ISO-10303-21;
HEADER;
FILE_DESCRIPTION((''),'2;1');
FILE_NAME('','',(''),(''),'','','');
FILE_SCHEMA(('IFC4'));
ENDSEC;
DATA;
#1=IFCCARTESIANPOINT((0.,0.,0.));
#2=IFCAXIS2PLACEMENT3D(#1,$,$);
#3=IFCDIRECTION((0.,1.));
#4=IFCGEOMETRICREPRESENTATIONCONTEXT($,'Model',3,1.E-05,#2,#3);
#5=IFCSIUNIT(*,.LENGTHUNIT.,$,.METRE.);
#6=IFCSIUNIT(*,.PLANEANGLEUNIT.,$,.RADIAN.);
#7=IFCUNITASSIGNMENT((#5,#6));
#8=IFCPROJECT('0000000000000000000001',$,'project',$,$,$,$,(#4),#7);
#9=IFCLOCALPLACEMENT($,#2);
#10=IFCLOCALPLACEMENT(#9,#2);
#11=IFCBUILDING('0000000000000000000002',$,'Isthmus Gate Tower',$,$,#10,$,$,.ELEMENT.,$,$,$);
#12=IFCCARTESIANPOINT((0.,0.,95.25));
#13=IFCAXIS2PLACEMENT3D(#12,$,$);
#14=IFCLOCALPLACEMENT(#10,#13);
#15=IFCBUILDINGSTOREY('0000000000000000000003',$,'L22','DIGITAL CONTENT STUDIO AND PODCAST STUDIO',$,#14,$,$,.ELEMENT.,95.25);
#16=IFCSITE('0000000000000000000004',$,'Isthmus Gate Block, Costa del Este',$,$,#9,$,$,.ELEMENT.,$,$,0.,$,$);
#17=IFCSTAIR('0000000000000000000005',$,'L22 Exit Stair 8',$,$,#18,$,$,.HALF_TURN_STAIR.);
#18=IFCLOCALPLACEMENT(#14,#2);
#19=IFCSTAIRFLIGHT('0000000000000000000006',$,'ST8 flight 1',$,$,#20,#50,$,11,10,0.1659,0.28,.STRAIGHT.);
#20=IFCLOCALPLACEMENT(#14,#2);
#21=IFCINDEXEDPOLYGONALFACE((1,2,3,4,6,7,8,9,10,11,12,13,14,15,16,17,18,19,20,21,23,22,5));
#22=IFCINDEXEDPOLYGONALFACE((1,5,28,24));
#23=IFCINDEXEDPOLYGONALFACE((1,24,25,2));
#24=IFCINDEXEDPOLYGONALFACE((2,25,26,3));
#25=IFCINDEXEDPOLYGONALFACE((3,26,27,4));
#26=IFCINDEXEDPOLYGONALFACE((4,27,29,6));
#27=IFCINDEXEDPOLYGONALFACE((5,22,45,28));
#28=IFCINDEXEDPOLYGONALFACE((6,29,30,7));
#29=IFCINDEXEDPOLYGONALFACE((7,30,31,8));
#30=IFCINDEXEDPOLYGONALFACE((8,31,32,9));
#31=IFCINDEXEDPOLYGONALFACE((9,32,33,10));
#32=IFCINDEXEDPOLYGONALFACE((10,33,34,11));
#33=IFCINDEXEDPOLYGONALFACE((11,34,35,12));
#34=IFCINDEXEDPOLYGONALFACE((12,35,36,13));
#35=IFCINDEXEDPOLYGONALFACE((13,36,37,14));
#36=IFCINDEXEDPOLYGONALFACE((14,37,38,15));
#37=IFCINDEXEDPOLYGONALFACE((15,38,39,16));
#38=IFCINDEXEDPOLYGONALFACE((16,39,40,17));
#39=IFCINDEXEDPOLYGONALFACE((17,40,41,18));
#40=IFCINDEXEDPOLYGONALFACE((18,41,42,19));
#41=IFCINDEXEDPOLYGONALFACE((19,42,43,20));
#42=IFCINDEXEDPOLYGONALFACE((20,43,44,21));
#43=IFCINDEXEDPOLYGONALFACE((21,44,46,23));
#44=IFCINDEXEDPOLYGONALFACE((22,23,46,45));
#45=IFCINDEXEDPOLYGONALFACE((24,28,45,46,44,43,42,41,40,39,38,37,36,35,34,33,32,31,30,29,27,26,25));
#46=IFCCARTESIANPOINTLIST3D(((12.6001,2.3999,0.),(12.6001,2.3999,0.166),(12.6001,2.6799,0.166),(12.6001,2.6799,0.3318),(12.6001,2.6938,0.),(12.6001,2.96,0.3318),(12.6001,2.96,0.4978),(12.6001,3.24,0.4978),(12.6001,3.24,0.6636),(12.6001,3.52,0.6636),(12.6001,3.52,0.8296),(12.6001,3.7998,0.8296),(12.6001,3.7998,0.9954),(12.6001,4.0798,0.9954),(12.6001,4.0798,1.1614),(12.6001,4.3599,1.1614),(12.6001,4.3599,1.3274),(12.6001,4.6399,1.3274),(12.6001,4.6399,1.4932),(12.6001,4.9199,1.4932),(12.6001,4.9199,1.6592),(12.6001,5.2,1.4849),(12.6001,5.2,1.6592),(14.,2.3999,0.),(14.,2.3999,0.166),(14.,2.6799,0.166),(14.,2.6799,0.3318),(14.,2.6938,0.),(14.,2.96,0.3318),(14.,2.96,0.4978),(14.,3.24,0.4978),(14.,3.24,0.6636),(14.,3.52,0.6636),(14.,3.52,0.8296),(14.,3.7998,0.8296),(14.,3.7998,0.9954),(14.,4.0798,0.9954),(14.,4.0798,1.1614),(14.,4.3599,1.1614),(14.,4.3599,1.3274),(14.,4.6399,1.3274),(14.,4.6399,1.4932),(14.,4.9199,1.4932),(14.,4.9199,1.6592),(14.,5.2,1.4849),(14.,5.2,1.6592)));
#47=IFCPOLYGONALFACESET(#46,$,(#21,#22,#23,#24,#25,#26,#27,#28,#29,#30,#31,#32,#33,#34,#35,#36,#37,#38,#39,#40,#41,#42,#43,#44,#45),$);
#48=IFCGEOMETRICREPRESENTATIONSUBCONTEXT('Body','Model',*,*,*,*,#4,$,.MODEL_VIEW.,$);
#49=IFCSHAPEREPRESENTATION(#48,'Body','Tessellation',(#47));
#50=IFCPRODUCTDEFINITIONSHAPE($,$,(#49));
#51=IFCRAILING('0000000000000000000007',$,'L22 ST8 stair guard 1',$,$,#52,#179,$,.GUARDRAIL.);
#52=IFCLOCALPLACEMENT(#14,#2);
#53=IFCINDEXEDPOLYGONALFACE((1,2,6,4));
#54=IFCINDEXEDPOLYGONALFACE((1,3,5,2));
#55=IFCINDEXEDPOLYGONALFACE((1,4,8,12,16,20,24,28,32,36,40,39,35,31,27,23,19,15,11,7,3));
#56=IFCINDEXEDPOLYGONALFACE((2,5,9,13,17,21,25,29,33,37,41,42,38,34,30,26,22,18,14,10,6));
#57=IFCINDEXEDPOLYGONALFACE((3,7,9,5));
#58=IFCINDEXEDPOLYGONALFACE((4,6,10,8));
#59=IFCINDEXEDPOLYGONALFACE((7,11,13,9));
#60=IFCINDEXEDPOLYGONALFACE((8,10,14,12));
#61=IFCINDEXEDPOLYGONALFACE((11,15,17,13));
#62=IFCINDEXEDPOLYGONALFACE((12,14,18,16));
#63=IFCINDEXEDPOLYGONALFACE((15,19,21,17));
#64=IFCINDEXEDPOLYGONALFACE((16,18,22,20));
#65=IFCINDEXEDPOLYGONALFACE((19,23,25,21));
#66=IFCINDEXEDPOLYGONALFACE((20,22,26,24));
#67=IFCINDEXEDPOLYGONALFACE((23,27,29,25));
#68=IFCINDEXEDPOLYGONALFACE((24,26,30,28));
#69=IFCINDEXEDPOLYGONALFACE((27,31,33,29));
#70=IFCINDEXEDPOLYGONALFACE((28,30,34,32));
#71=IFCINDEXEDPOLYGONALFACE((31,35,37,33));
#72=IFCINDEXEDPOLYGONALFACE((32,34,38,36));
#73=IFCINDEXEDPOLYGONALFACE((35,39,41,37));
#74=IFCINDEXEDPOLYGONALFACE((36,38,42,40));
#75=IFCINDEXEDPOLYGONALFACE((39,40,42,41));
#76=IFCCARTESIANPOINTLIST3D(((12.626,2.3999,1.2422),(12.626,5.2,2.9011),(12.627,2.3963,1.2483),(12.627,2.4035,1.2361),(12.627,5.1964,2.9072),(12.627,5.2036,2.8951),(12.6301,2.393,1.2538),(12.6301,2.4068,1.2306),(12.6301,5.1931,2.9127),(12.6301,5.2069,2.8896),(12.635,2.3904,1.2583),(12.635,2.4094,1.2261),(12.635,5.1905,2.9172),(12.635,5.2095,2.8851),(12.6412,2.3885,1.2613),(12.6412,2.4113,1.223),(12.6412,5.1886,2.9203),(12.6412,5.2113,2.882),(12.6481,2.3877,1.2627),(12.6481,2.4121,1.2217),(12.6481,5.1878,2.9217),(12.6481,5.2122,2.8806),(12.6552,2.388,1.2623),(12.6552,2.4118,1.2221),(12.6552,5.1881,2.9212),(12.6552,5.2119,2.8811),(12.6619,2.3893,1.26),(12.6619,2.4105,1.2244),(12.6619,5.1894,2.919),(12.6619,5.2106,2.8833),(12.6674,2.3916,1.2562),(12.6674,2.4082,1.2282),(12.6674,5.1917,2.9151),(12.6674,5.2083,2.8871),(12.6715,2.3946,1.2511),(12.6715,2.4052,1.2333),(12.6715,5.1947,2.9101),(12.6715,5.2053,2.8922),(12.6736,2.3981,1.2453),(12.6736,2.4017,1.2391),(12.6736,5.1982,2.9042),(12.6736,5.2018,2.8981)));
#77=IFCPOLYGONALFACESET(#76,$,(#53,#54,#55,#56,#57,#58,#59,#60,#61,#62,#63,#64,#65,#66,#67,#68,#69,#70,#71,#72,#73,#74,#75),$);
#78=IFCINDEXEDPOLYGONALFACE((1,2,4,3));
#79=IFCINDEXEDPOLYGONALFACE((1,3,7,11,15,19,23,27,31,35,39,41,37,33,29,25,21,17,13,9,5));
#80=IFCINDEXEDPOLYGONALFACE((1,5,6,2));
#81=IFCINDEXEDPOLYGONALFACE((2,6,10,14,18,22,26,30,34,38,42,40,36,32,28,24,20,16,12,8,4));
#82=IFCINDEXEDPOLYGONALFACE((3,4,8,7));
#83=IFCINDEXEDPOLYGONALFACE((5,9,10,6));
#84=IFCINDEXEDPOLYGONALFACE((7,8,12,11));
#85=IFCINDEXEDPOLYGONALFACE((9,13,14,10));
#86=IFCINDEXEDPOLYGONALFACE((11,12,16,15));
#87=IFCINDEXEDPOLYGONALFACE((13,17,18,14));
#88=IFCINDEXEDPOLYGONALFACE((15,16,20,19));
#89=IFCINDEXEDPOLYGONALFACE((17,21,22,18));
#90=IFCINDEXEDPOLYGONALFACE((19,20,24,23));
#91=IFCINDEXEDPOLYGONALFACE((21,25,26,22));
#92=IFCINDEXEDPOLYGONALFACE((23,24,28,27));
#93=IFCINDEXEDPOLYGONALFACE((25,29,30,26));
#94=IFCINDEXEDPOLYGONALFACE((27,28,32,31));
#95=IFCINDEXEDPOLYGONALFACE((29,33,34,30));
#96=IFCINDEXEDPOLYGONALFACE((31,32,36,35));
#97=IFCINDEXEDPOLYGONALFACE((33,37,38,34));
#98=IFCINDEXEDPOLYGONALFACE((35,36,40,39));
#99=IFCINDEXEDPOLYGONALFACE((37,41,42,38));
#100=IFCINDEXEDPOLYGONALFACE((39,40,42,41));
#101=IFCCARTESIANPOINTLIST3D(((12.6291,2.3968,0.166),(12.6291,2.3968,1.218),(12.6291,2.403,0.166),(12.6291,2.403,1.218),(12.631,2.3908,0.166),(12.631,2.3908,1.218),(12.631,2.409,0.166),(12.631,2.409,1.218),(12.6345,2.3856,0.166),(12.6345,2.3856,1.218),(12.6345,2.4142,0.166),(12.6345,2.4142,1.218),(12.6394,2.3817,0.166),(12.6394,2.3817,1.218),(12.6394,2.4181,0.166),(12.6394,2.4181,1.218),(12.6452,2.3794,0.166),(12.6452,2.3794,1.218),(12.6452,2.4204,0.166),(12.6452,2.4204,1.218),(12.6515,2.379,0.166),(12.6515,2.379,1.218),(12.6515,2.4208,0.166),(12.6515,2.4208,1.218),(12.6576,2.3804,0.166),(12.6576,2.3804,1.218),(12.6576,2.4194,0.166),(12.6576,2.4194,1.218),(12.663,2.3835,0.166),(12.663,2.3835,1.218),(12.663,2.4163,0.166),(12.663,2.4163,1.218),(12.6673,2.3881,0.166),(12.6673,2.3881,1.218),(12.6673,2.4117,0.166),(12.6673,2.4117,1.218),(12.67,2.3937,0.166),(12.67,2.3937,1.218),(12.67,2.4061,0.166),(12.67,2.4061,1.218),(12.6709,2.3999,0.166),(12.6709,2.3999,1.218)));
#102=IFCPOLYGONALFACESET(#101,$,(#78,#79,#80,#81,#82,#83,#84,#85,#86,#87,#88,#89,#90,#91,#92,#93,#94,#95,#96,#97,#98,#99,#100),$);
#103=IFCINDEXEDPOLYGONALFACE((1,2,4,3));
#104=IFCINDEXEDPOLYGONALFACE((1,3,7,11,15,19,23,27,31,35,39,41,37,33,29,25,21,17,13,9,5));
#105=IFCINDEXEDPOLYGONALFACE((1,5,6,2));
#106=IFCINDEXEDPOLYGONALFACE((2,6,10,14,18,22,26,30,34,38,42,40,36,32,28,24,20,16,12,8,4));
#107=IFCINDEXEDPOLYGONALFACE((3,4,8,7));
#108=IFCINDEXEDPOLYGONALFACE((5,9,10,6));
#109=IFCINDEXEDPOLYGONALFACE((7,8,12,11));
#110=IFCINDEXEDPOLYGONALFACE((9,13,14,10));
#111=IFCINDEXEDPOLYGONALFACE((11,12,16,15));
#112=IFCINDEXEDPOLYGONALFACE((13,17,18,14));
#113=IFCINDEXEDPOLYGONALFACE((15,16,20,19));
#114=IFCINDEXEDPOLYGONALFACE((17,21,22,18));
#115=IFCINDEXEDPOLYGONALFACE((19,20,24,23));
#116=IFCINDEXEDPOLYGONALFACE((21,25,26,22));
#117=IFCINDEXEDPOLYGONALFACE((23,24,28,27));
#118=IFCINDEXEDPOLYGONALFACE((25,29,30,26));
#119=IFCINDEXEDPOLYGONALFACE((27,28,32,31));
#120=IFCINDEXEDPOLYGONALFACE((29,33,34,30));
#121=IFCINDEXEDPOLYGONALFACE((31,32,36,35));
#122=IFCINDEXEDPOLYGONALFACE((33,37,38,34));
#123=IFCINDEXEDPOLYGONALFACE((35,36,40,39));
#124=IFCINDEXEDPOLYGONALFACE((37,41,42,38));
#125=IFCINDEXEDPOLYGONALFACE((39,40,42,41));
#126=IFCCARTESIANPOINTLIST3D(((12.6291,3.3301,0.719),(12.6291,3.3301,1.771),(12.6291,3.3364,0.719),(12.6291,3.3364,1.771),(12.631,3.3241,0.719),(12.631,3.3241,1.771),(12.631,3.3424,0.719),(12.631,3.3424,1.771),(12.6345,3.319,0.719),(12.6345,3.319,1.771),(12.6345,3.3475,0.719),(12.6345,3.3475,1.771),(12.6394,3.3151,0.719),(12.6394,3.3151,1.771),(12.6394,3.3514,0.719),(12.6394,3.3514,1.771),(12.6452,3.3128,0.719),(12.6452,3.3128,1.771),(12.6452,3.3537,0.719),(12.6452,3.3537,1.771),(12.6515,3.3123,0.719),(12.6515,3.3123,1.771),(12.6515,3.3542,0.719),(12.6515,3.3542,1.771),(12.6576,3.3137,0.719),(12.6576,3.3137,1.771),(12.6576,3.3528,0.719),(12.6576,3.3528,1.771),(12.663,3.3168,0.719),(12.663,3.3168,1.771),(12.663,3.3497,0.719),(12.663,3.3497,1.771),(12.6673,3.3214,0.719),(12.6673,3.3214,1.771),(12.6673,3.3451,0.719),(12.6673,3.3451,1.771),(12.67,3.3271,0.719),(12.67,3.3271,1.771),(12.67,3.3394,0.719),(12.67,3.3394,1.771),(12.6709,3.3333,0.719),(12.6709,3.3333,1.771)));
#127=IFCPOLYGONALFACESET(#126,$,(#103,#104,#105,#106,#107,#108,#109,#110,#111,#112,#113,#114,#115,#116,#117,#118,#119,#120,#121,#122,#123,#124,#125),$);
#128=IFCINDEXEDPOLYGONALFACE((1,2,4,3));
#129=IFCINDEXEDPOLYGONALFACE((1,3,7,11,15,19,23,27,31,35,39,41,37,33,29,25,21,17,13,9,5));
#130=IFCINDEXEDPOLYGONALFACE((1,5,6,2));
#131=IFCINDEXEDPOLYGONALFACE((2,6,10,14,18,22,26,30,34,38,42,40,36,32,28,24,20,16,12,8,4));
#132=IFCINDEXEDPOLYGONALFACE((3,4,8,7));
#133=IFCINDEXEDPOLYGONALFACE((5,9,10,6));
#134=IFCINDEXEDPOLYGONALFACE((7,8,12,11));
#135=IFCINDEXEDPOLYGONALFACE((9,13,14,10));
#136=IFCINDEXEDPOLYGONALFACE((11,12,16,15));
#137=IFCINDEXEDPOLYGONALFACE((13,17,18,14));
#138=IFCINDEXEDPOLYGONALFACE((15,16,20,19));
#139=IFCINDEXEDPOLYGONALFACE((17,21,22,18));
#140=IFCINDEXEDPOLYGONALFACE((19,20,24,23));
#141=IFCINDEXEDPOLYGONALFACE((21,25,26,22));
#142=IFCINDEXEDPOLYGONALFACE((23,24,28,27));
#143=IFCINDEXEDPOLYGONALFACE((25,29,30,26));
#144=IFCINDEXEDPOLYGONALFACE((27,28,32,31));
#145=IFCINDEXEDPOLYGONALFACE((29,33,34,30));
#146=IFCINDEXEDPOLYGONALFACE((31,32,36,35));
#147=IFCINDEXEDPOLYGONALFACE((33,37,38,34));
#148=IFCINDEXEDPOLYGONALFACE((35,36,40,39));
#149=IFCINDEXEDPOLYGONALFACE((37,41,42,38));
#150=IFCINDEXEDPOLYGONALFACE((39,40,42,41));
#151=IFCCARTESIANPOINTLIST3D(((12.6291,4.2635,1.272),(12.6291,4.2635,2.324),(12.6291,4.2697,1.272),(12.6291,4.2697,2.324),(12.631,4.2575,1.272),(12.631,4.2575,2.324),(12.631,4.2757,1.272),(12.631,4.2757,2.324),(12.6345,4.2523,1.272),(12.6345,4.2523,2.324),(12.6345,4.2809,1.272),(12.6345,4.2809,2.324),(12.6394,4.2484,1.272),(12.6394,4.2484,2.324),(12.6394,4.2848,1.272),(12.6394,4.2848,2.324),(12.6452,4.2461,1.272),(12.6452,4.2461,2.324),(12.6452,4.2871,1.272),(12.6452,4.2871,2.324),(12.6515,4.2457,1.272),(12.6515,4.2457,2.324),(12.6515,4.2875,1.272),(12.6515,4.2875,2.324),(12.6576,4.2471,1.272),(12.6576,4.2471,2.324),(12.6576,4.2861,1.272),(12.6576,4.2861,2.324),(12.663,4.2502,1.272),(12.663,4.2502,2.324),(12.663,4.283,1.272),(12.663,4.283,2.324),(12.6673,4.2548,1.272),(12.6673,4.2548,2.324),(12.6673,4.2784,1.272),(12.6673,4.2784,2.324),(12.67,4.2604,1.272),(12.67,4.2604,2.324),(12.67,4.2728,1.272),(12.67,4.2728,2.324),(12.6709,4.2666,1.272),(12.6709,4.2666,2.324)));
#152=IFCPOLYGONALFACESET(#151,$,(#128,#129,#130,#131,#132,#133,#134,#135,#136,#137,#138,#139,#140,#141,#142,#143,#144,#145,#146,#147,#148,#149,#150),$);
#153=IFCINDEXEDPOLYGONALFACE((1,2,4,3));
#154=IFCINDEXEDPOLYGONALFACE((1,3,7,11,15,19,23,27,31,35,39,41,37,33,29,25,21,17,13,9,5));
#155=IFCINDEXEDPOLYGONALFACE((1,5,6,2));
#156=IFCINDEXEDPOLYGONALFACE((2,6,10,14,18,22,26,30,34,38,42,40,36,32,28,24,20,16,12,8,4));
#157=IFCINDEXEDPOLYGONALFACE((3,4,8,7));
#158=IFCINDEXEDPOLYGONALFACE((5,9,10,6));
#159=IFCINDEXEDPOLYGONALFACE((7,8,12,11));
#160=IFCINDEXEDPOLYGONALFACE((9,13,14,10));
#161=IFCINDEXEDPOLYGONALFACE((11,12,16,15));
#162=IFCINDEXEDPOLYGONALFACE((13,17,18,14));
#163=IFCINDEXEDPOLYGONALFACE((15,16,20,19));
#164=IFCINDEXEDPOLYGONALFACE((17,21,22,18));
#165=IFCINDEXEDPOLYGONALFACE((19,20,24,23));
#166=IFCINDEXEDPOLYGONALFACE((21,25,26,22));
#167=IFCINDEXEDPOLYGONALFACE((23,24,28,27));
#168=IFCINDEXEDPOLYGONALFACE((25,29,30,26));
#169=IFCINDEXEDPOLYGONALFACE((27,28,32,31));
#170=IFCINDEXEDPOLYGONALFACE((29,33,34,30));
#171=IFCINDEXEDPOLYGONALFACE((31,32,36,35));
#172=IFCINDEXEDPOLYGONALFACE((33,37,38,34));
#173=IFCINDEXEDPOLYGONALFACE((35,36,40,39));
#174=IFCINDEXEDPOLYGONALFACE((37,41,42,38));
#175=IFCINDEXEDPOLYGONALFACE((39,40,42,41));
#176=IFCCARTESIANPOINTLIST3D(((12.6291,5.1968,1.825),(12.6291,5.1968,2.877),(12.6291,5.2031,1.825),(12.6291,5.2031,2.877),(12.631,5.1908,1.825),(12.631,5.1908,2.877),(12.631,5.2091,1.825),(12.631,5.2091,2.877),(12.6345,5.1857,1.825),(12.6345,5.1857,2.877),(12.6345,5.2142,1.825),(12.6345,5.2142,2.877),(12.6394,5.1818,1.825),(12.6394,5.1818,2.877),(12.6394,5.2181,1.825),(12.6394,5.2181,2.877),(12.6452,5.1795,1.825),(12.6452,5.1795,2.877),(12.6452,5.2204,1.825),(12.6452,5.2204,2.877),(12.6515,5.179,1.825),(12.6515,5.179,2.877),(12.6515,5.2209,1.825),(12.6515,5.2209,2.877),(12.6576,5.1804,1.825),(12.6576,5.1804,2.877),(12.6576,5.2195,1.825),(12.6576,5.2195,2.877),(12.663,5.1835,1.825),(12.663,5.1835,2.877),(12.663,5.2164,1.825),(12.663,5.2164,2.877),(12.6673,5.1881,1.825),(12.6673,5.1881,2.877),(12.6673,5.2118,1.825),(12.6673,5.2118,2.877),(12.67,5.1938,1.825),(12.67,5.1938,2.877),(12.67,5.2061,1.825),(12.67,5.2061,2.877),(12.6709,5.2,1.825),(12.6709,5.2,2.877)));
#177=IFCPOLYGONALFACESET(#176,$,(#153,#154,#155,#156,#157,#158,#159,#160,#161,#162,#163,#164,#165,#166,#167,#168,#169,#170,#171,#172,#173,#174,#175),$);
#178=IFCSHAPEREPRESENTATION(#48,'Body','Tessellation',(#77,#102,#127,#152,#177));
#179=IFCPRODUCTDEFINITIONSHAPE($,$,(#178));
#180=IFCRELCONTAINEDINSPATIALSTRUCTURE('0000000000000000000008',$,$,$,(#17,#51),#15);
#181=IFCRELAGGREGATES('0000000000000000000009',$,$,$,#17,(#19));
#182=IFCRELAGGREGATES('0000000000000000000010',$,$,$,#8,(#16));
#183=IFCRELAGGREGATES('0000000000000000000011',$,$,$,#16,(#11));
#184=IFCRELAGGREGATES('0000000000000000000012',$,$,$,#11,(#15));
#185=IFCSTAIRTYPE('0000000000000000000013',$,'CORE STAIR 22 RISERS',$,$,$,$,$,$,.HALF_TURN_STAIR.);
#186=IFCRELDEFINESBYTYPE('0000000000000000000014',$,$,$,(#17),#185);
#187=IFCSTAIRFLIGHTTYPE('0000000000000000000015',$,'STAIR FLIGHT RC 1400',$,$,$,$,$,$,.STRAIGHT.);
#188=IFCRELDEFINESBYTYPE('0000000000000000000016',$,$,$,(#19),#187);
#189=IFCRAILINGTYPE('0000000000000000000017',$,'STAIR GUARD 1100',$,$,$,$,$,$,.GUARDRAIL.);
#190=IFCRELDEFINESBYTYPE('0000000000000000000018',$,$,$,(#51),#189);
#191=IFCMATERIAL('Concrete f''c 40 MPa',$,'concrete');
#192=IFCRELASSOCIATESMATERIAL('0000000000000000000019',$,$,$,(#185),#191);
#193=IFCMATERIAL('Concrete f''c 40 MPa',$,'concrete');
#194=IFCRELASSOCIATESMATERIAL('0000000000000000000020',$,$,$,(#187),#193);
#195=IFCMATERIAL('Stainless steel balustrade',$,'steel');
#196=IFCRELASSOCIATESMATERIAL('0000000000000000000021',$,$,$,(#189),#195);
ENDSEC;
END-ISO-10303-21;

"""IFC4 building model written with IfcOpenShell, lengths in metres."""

from ifc_helpers import new_model, si_unit, direction, frame, origin, origin_2d, place, context, subcontext, project, spatial, polyline, circle, outline, extrude, material, type_object, element, aggregate, save


model = new_model("IFC4")

# Units and contexts
model_context = context("Model", 3, precision=1e-05, world=origin(), true_north=direction((0.0, 1.0)))
body_context = subcontext(model_context, "Body", "Model", "MODEL_VIEW")
ifc_project = project(units=[si_unit("LENGTHUNIT", "METRE"), si_unit("PLANEANGLEUNIT", "RADIAN")], contexts=[model_context])

# Site, building, storey
site_placement = place(None, origin())
site = spatial("IfcSite", under=ifc_project, at=site_placement, Name="Isthmus Gate Block, Costa del Este", CompositionType="ELEMENT", RefElevation=0.0)
building_placement = place(site_placement, origin())
building = spatial("IfcBuilding", under=site, at=building_placement, Name="Isthmus Gate Tower", CompositionType="ELEMENT")
storey_placement = place(building_placement, frame((0.0, 0.0, 95.25)))
storey = spatial("IfcBuildingStorey", under=building, at=storey_placement, Name="L22", Description="DIGITAL CONTENT STUDIO AND PODCAST STUDIO", CompositionType="ELEMENT", Elevation=95.25)

# Stair
ifc_material_1 = material(Name="Concrete f'c 40 MPa", Category="concrete")
stair_type = type_object("IfcStairType", Name="CORE STAIR 22 RISERS", PredefinedType="HALF_TURN_STAIR", material=ifc_material_1)
stair_1_placement = place(storey_placement, origin())
stair_1 = element("IfcStair", 1, at=stair_1_placement, inside=storey, type_object=stair_type, Name="L22 Exit Stair 8", PredefinedType="HALF_TURN_STAIR")

# Stair flight
ifc_material_2 = material(Name="Concrete f'c 40 MPa", Category="concrete")
stair_flight_type = type_object("IfcStairFlightType", Name="STAIR FLIGHT RC 1400", PredefinedType="STRAIGHT", material=ifc_material_2)
stair_flight_placement = place(storey_placement, frame((13.3, 2.3999, 0.0), z_axis=(0.0, 0.0, 1.0), x_axis=(0.0, 1.0, 0.0)))
stair_flight = element("IfcStairFlight", 2, at=stair_flight_placement, type_object=stair_flight_type, Name="ST8 flight 1", NumberOfRisers=11, NumberOfTreads=10, PredefinedType="STRAIGHT", RiserHeight=0.1659, TreadLength=0.28, context=body_context, shape_type="SweptSolid", body=[
    extrude(outline(polyline([(0.0, 0.0), (0.0, 0.166), (0.28, 0.166), (0.28, 0.3318), (0.5601, 0.3318), (0.5601, 0.4978), (0.8401, 0.4978), (0.8401, 0.6636), (1.1201, 0.6636), (1.1201, 0.8296), (1.3999, 0.8296), (1.3999, 0.9954), (1.6799, 0.9954), (1.6799, 1.1614), (1.96, 1.1614), (1.96, 1.3274), (2.24, 1.3274), (2.24, 1.4932), (2.52, 1.4932), (2.52, 1.6592), (2.8, 1.6592), (2.8, 1.825), (2.8, 1.4849), (0.2939, 0.0), (0.0, 0.0)])), frame((0.0, 0.7, 0.0), z_axis=(0.0, -1.0, 0.0), x_axis=(1.0, 0.0, 0.0)), (0.0, 0.0, 1.0), 1.3999),
])
aggregate(stair_1, [stair_flight])

# Railing
ifc_material_3 = material(Name="Stainless steel balustrade", Category="steel")
railing_type_1 = type_object("IfcRailingType", Name="STAIR GUARD 1100", PredefinedType="GUARDRAIL", material=ifc_material_3)
railing_1_placement = place(storey_placement, frame((12.6499, 2.3999, 0.166)))
element("IfcRailing", 3, at=railing_1_placement, inside=storey, type_object=railing_type_1, Name="L22 ST8 stair guard 1", PredefinedType="GUARDRAIL", context=body_context, shape_type="SweptSolid", body=[
    extrude(circle(Radius=0.0239, at=origin_2d()), frame((0.0, 0.0, 1.0762), z_axis=(0.0, 0.860339, 0.509722), x_axis=(-1.0, 0.0, 0.0)), (0.0, 0.0, 1.0), 3.2546),
    extrude(circle(Radius=0.021, at=origin_2d()), origin(), (0.0, 0.0, 1.0), 1.052),
    extrude(circle(Radius=0.021, at=origin_2d()), frame((0.0, 0.9333, 0.553)), (0.0, 0.0, 1.0), 1.052),
    extrude(circle(Radius=0.021, at=origin_2d()), frame((0.0, 1.8667, 1.106)), (0.0, 0.0, 1.0), 1.052),
    extrude(circle(Radius=0.021, at=origin_2d()), frame((0.0, 2.8, 1.6589)), (0.0, 0.0, 1.0), 1.052),
])

save(model, "model.ifc")
